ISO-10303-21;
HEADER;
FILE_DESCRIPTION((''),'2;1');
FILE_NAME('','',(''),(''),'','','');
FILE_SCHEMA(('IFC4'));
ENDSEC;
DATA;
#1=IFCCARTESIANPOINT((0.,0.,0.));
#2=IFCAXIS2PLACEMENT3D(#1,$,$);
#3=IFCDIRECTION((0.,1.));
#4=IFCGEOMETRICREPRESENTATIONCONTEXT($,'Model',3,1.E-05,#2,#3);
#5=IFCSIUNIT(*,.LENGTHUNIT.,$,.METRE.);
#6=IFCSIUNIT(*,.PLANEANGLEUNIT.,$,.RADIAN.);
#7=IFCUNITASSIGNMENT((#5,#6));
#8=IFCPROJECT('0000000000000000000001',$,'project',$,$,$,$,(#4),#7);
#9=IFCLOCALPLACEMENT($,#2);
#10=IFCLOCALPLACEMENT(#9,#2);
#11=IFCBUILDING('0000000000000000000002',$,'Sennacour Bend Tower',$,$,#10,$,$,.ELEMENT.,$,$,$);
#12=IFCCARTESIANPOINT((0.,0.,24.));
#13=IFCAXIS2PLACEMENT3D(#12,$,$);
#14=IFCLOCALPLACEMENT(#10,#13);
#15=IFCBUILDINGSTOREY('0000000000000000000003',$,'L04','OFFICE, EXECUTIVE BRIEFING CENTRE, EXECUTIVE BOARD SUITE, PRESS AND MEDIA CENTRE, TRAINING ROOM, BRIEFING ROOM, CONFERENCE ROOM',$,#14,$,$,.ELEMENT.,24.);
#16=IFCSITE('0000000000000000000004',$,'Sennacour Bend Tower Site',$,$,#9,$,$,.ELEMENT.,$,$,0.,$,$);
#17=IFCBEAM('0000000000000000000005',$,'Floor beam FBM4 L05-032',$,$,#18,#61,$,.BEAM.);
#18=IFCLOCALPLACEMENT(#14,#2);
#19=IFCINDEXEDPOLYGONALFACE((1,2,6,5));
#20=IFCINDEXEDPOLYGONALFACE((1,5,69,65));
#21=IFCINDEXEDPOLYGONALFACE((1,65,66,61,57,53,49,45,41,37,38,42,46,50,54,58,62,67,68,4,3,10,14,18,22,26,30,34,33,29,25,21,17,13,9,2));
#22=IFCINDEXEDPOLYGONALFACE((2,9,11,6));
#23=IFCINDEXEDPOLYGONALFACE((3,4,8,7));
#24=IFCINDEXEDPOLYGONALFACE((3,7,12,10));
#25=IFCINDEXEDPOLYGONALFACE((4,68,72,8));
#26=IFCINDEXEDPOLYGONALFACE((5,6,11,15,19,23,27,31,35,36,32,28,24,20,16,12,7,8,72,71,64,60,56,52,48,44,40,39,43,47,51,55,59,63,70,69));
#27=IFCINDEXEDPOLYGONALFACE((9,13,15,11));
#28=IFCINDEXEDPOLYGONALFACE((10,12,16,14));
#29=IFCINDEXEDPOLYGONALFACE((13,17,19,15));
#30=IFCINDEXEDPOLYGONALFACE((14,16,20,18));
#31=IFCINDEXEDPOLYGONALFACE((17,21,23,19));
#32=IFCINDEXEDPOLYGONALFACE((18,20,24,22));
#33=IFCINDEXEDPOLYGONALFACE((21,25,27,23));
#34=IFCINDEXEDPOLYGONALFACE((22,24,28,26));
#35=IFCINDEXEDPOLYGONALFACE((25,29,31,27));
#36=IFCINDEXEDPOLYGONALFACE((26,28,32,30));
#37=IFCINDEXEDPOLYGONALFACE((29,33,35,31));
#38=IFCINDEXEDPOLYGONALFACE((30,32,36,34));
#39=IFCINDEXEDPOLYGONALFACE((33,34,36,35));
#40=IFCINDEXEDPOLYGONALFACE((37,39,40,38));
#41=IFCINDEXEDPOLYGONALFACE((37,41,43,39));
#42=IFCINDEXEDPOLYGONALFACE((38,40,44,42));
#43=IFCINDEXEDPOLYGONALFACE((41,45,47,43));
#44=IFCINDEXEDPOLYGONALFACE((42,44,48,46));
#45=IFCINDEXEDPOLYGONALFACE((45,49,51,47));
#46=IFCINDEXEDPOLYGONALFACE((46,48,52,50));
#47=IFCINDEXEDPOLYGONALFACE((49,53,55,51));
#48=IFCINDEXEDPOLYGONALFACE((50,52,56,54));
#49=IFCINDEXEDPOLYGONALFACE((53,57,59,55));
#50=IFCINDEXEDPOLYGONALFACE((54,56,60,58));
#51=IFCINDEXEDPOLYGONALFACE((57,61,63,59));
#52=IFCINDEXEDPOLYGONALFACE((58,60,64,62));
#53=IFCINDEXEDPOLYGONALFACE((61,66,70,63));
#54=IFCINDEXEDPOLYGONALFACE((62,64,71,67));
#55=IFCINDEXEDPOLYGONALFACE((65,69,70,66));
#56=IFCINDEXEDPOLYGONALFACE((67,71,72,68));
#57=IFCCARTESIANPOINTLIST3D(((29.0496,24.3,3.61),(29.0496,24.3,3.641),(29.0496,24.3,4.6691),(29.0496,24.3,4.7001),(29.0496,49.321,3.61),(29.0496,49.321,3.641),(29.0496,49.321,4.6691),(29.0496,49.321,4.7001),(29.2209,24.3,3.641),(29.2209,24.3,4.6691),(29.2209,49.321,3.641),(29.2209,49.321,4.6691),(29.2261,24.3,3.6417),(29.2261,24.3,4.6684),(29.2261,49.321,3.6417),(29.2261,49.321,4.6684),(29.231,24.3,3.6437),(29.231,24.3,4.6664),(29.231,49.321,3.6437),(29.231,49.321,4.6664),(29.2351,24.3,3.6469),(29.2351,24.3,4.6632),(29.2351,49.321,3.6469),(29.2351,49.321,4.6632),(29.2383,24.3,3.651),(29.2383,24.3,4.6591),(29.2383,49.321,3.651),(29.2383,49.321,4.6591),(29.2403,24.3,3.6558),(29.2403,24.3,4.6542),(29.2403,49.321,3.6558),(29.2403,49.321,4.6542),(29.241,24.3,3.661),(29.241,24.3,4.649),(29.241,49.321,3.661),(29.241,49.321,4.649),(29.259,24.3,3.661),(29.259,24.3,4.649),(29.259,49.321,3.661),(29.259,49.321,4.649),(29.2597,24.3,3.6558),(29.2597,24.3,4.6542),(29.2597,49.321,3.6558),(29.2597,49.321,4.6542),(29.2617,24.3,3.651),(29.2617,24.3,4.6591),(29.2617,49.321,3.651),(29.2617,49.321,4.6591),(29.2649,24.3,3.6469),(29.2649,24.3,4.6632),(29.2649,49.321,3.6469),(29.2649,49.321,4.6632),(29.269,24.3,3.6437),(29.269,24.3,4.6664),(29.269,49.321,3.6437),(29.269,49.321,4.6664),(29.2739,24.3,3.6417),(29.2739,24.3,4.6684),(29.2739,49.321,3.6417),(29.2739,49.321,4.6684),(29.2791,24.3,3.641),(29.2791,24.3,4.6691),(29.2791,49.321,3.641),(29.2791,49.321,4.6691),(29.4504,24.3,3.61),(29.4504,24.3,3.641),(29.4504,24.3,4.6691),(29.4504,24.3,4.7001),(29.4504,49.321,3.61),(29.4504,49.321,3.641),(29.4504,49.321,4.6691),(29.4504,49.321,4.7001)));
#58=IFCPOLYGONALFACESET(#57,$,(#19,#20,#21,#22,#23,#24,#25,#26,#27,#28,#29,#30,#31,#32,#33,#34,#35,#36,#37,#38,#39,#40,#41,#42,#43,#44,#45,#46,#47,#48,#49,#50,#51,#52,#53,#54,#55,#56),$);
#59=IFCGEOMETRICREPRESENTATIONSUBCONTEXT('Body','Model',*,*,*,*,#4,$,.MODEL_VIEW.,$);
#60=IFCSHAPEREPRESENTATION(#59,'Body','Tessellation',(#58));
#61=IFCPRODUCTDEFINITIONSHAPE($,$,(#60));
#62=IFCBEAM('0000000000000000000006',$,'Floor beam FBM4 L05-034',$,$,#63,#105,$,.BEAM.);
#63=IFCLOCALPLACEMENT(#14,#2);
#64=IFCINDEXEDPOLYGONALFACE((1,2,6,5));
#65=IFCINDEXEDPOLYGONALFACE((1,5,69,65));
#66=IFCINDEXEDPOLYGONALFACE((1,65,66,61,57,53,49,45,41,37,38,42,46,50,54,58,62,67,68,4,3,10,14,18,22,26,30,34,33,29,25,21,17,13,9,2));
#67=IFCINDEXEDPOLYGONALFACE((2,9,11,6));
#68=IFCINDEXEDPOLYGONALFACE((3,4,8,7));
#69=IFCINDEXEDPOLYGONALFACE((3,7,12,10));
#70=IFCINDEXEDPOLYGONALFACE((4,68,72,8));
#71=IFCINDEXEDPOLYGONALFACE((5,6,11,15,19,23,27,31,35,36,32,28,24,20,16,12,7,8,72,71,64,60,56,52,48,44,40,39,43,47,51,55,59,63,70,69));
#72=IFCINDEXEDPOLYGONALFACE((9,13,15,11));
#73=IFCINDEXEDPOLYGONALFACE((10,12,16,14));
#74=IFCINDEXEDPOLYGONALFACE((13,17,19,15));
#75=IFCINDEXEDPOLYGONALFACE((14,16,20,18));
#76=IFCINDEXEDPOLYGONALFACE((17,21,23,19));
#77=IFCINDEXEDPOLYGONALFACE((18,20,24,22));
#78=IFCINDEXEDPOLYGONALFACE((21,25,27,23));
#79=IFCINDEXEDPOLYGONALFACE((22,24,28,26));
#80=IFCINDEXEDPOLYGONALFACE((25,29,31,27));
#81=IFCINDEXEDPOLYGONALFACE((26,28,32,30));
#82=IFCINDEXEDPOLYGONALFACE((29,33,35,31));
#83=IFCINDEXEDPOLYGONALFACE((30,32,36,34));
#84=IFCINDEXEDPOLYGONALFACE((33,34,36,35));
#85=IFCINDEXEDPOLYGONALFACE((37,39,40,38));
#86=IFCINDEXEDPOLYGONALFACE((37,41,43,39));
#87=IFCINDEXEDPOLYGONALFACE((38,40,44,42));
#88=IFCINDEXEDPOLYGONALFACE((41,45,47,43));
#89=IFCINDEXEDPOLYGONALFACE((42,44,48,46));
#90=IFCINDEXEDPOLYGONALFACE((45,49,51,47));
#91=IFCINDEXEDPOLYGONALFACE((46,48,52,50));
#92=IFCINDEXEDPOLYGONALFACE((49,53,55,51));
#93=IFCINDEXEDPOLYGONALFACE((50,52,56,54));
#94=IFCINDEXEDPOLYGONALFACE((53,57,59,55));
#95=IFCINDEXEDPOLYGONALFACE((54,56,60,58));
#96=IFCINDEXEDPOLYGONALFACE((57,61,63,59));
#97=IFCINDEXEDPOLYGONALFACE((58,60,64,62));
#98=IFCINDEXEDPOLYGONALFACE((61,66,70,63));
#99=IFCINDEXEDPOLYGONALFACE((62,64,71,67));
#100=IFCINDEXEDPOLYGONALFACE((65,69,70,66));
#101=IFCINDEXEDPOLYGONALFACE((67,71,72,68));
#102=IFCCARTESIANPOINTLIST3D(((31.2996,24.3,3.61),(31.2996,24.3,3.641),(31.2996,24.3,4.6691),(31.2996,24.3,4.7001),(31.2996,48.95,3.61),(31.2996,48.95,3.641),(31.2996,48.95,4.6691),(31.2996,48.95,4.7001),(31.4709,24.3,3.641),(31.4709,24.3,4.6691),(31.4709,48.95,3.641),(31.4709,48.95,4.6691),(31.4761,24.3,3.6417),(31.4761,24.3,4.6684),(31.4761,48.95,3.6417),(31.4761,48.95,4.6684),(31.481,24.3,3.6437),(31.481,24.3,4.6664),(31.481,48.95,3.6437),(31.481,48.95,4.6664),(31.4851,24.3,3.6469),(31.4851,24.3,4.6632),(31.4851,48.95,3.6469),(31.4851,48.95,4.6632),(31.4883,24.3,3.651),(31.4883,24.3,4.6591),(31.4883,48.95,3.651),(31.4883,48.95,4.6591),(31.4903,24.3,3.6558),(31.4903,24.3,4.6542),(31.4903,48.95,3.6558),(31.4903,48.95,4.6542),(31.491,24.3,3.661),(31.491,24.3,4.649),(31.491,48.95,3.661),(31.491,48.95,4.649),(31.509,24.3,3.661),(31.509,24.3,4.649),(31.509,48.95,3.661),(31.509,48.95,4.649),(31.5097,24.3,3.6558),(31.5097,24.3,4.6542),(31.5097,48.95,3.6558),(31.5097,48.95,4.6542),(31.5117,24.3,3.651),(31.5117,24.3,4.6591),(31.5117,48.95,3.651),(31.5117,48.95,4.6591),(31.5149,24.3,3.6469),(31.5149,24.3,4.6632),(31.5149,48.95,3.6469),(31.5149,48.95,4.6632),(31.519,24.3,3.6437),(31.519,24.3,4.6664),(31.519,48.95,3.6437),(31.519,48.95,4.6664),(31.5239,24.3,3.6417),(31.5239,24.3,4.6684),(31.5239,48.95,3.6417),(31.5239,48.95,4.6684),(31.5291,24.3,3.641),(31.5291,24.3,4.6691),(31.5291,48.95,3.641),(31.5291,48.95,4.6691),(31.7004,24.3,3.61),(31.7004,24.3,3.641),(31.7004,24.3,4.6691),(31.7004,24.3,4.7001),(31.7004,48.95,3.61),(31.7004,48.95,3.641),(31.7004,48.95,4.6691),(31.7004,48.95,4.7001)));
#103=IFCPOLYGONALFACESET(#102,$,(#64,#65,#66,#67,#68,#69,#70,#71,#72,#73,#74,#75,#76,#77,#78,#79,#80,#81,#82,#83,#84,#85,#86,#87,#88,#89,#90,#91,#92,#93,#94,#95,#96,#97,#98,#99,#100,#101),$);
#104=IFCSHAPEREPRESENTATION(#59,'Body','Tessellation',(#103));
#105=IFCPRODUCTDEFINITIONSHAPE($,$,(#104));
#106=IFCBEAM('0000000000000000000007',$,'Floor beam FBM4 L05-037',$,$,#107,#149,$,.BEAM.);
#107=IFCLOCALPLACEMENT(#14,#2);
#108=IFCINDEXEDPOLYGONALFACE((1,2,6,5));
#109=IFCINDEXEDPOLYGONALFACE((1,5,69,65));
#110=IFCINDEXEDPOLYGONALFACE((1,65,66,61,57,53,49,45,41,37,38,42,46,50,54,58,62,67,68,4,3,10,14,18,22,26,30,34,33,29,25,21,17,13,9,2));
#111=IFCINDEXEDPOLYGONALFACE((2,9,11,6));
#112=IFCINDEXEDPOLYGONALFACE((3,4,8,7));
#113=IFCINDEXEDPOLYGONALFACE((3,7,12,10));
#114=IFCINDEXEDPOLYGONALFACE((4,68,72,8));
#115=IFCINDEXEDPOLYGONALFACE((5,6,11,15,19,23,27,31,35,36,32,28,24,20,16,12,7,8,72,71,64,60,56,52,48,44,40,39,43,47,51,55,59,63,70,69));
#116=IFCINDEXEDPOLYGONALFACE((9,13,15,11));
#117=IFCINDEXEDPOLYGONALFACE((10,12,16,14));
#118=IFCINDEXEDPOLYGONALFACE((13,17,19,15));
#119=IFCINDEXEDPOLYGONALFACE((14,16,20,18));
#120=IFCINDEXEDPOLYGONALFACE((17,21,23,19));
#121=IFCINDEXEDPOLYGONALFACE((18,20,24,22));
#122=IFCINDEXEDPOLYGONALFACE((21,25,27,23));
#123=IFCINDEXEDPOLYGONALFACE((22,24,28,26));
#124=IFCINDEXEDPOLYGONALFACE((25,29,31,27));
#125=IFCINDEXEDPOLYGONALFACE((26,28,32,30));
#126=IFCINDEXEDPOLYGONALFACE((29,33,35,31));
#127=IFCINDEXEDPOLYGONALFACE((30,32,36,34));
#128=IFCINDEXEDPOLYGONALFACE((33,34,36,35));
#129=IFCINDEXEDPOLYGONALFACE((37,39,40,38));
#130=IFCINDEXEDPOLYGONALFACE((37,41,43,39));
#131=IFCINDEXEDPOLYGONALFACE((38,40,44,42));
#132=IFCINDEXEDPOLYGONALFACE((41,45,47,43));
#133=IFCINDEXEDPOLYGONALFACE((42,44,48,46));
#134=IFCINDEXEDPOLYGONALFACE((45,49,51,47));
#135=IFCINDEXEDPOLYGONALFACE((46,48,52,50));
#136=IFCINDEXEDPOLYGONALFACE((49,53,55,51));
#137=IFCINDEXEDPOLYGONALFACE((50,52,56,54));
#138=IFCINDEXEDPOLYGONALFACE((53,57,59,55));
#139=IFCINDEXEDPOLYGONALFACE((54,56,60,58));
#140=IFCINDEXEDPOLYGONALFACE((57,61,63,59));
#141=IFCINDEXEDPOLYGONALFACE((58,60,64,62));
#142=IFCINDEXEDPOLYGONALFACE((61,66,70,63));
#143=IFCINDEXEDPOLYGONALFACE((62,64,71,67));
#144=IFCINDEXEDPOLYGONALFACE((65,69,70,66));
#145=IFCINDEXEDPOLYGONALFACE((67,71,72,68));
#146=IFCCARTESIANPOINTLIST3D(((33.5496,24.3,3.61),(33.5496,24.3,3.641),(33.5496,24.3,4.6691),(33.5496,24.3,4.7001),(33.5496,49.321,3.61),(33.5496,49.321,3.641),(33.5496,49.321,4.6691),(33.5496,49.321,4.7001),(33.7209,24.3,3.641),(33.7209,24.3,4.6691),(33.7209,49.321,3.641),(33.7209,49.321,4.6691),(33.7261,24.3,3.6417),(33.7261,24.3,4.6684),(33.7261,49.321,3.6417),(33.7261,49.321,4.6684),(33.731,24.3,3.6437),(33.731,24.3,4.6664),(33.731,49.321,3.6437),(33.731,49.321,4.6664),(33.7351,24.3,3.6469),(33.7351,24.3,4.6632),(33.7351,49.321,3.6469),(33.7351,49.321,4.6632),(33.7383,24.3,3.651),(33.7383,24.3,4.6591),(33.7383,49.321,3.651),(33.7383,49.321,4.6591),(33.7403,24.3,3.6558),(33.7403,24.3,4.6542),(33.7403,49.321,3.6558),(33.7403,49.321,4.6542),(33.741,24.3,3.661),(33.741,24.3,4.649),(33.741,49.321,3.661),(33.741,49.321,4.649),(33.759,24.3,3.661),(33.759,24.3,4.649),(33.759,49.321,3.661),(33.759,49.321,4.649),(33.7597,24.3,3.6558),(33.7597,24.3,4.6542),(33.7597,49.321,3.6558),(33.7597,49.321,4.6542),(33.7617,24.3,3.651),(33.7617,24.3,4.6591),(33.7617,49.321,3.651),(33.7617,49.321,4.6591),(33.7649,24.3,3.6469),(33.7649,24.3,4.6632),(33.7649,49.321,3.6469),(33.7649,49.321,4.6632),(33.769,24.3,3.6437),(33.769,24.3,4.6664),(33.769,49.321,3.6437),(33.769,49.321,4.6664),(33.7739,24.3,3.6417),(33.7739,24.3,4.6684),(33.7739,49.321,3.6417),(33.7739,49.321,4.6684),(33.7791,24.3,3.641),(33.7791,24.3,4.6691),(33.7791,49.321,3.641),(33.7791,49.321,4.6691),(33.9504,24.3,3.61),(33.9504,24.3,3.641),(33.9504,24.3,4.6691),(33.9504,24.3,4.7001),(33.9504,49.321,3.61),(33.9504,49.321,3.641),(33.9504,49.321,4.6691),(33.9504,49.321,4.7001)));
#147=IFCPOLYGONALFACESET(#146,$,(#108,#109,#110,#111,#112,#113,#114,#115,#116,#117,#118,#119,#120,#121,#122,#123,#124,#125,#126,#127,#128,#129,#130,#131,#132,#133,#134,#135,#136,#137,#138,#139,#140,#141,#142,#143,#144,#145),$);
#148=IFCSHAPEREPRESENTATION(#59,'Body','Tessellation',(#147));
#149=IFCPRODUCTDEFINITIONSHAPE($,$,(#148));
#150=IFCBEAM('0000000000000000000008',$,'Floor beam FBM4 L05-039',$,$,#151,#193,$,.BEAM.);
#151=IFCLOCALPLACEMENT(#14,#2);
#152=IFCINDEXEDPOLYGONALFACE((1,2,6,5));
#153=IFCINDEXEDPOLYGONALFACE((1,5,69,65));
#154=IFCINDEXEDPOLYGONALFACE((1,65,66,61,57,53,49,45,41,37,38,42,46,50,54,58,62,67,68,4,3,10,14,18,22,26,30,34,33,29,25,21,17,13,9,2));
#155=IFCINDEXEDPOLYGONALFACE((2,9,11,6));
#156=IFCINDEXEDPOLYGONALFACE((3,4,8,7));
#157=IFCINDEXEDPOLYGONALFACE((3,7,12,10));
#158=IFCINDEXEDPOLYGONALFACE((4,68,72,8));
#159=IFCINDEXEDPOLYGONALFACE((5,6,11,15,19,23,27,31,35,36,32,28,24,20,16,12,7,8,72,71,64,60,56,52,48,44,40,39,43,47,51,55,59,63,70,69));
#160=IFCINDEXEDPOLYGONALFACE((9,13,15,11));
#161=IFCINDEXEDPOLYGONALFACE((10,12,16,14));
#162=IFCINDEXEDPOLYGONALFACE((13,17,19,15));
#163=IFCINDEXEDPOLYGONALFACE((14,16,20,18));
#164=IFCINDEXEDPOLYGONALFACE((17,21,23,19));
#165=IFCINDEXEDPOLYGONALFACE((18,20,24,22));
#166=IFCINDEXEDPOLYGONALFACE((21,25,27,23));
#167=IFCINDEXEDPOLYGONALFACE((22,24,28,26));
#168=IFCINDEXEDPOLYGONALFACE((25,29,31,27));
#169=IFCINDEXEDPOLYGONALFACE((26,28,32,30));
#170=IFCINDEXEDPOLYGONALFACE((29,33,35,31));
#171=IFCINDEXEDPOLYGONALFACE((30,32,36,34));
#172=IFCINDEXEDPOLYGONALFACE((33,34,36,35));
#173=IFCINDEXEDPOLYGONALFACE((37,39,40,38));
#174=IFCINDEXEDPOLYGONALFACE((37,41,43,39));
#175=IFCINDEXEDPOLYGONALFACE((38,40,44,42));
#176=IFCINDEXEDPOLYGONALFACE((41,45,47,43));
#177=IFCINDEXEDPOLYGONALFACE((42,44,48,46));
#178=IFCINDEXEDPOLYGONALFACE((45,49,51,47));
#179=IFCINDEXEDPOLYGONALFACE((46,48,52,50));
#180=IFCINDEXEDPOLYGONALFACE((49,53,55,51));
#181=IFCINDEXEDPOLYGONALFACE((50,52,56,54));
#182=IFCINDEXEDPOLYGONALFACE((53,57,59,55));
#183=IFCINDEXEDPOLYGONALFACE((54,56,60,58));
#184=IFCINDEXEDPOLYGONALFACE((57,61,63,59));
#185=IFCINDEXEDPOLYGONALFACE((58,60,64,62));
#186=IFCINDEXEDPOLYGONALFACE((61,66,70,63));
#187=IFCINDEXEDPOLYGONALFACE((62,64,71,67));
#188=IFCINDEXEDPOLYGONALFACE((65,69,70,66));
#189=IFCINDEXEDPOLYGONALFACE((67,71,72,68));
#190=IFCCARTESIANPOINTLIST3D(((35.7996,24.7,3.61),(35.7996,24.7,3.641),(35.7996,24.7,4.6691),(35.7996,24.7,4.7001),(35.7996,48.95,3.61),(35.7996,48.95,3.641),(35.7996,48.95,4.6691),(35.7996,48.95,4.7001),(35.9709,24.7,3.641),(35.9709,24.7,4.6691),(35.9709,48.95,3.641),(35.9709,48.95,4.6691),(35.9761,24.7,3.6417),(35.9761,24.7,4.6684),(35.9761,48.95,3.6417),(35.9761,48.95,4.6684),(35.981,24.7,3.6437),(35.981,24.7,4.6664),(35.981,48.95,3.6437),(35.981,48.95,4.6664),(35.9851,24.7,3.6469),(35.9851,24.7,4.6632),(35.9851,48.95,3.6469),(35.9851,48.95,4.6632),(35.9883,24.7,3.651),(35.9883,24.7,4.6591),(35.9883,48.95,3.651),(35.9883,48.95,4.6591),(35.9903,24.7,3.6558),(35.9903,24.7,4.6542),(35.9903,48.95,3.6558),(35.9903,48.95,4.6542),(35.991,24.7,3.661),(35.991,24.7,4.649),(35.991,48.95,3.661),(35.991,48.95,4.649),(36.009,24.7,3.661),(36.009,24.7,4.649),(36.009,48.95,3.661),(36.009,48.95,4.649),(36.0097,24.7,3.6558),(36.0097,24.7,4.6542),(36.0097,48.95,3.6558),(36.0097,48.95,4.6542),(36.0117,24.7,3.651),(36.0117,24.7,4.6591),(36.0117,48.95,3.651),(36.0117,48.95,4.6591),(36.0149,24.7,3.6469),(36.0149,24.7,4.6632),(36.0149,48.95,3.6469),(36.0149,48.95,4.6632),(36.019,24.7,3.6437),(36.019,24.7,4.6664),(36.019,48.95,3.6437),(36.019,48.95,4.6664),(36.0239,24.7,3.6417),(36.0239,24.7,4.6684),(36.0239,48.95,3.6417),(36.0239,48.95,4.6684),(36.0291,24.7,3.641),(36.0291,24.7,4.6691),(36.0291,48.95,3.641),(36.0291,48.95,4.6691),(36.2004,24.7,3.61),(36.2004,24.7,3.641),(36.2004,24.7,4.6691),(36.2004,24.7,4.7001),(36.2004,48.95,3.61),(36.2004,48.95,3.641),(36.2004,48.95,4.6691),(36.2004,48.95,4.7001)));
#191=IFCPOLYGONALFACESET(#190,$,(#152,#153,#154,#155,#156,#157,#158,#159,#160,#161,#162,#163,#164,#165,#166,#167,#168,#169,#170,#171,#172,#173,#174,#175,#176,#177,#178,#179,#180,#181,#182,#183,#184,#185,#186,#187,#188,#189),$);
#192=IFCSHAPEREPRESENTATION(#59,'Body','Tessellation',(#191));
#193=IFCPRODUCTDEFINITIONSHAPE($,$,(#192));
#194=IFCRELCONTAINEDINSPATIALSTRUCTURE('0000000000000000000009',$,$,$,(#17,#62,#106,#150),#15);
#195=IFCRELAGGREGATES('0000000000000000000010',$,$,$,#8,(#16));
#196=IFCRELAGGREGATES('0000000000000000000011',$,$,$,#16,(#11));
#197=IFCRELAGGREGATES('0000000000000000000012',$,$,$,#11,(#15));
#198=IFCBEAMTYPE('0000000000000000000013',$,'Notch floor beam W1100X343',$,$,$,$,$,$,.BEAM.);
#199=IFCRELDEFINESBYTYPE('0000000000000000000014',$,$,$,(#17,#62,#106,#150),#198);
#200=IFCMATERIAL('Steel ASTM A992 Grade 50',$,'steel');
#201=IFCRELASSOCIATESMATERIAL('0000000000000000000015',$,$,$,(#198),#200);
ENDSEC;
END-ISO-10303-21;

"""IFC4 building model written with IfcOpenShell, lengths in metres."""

from ifc_helpers import new_model, si_unit, direction, frame, origin, origin_2d, place, context, subcontext, project, spatial, i_section, extrude, material, material_profile, profile_set, type_object, element, save


model = new_model("IFC4")

# Units and contexts
model_context = context("Model", 3, precision=1e-05, world=origin(), true_north=direction((0.0, 1.0)))
body_context = subcontext(model_context, "Body", "Model", "MODEL_VIEW")
ifc_project = project(units=[si_unit("LENGTHUNIT", "METRE"), si_unit("PLANEANGLEUNIT", "RADIAN")], contexts=[model_context])

# Site, building, storey
site_placement = place(None, origin())
site = spatial("IfcSite", under=ifc_project, at=site_placement, Name="Sennacour Bend Tower Site", CompositionType="ELEMENT", RefElevation=0.0)
building_placement = place(site_placement, origin())
building = spatial("IfcBuilding", under=site, at=building_placement, Name="Sennacour Bend Tower", CompositionType="ELEMENT")
storey_placement = place(building_placement, frame((0.0, 0.0, 24.0)))
storey = spatial("IfcBuildingStorey", under=building, at=storey_placement, Name="L04", Description="OFFICE, EXECUTIVE BRIEFING CENTRE, EXECUTIVE BOARD SUITE, PRESS AND MEDIA CENTRE, TRAINING ROOM, BRIEFING ROOM, CONFERENCE ROOM", CompositionType="ELEMENT", Elevation=24.0)

# Beams
ifc_material_1 = material(Name="Steel ASTM A992 Grade 50", Category="steel")
ifc_material_profile_1 = material_profile(ifc_material_1, i_section(OverallWidth=0.4009, OverallDepth=1.0901, WebThickness=0.0181, FlangeThickness=0.031, FilletRadius=0.02, at=origin_2d()), Name="Steel ASTM A992 Grade 50", Category="steel")
ifc_profile_set_1 = profile_set([ifc_material_profile_1], Name="Steel ASTM A992 Grade 50")
beam_type_1 = type_object("IfcBeamType", Name="Notch floor beam W1100X343", PredefinedType="BEAM", material=ifc_profile_set_1)
beam_1_placement = place(storey_placement, frame((29.25, 24.3, 4.155), z_axis=(0.0, 1.0, 0.0), x_axis=(-1.0, 0.0, 0.0)))
element("IfcBeam", 1, at=beam_1_placement, inside=storey, type_object=beam_type_1, Name="Floor beam FBM4 L05-032", PredefinedType="BEAM", context=body_context, shape_type="SweptSolid", body=[
    extrude(i_section(OverallWidth=0.4009, OverallDepth=1.0901, WebThickness=0.0181, FlangeThickness=0.031, FilletRadius=0.02, at=origin_2d()), origin(), (0.0, 0.0, 1.0), 25.021),
])
beam_2_placement = place(storey_placement, frame((31.5, 24.3, 4.155), z_axis=(0.0, 1.0, 0.0), x_axis=(-1.0, 0.0, 0.0)))
element("IfcBeam", 2, at=beam_2_placement, inside=storey, type_object=beam_type_1, Name="Floor beam FBM4 L05-034", PredefinedType="BEAM", context=body_context, shape_type="SweptSolid", body=[
    extrude(i_section(OverallWidth=0.4009, OverallDepth=1.0901, WebThickness=0.0181, FlangeThickness=0.031, FilletRadius=0.02, at=origin_2d()), origin(), (0.0, 0.0, 1.0), 24.6499),
])
beam_3_placement = place(storey_placement, frame((33.75, 24.3, 4.155), z_axis=(0.0, 1.0, 0.0), x_axis=(-1.0, 0.0, 0.0)))
element("IfcBeam", 3, at=beam_3_placement, inside=storey, type_object=beam_type_1, Name="Floor beam FBM4 L05-037", PredefinedType="BEAM", context=body_context, shape_type="SweptSolid", body=[
    extrude(i_section(OverallWidth=0.4009, OverallDepth=1.0901, WebThickness=0.0181, FlangeThickness=0.031, FilletRadius=0.02, at=origin_2d()), origin(), (0.0, 0.0, 1.0), 25.021),
])
beam_4_placement = place(storey_placement, frame((36.0, 24.7, 4.155), z_axis=(0.0, 1.0, 0.0), x_axis=(-1.0, 0.0, 0.0)))
element("IfcBeam", 4, at=beam_4_placement, inside=storey, type_object=beam_type_1, Name="Floor beam FBM4 L05-039", PredefinedType="BEAM", context=body_context, shape_type="SweptSolid", body=[
    extrude(i_section(OverallWidth=0.4009, OverallDepth=1.0901, WebThickness=0.0181, FlangeThickness=0.031, FilletRadius=0.02, at=origin_2d()), origin(), (0.0, 0.0, 1.0), 24.25),
])

save(model, "model.ifc")
